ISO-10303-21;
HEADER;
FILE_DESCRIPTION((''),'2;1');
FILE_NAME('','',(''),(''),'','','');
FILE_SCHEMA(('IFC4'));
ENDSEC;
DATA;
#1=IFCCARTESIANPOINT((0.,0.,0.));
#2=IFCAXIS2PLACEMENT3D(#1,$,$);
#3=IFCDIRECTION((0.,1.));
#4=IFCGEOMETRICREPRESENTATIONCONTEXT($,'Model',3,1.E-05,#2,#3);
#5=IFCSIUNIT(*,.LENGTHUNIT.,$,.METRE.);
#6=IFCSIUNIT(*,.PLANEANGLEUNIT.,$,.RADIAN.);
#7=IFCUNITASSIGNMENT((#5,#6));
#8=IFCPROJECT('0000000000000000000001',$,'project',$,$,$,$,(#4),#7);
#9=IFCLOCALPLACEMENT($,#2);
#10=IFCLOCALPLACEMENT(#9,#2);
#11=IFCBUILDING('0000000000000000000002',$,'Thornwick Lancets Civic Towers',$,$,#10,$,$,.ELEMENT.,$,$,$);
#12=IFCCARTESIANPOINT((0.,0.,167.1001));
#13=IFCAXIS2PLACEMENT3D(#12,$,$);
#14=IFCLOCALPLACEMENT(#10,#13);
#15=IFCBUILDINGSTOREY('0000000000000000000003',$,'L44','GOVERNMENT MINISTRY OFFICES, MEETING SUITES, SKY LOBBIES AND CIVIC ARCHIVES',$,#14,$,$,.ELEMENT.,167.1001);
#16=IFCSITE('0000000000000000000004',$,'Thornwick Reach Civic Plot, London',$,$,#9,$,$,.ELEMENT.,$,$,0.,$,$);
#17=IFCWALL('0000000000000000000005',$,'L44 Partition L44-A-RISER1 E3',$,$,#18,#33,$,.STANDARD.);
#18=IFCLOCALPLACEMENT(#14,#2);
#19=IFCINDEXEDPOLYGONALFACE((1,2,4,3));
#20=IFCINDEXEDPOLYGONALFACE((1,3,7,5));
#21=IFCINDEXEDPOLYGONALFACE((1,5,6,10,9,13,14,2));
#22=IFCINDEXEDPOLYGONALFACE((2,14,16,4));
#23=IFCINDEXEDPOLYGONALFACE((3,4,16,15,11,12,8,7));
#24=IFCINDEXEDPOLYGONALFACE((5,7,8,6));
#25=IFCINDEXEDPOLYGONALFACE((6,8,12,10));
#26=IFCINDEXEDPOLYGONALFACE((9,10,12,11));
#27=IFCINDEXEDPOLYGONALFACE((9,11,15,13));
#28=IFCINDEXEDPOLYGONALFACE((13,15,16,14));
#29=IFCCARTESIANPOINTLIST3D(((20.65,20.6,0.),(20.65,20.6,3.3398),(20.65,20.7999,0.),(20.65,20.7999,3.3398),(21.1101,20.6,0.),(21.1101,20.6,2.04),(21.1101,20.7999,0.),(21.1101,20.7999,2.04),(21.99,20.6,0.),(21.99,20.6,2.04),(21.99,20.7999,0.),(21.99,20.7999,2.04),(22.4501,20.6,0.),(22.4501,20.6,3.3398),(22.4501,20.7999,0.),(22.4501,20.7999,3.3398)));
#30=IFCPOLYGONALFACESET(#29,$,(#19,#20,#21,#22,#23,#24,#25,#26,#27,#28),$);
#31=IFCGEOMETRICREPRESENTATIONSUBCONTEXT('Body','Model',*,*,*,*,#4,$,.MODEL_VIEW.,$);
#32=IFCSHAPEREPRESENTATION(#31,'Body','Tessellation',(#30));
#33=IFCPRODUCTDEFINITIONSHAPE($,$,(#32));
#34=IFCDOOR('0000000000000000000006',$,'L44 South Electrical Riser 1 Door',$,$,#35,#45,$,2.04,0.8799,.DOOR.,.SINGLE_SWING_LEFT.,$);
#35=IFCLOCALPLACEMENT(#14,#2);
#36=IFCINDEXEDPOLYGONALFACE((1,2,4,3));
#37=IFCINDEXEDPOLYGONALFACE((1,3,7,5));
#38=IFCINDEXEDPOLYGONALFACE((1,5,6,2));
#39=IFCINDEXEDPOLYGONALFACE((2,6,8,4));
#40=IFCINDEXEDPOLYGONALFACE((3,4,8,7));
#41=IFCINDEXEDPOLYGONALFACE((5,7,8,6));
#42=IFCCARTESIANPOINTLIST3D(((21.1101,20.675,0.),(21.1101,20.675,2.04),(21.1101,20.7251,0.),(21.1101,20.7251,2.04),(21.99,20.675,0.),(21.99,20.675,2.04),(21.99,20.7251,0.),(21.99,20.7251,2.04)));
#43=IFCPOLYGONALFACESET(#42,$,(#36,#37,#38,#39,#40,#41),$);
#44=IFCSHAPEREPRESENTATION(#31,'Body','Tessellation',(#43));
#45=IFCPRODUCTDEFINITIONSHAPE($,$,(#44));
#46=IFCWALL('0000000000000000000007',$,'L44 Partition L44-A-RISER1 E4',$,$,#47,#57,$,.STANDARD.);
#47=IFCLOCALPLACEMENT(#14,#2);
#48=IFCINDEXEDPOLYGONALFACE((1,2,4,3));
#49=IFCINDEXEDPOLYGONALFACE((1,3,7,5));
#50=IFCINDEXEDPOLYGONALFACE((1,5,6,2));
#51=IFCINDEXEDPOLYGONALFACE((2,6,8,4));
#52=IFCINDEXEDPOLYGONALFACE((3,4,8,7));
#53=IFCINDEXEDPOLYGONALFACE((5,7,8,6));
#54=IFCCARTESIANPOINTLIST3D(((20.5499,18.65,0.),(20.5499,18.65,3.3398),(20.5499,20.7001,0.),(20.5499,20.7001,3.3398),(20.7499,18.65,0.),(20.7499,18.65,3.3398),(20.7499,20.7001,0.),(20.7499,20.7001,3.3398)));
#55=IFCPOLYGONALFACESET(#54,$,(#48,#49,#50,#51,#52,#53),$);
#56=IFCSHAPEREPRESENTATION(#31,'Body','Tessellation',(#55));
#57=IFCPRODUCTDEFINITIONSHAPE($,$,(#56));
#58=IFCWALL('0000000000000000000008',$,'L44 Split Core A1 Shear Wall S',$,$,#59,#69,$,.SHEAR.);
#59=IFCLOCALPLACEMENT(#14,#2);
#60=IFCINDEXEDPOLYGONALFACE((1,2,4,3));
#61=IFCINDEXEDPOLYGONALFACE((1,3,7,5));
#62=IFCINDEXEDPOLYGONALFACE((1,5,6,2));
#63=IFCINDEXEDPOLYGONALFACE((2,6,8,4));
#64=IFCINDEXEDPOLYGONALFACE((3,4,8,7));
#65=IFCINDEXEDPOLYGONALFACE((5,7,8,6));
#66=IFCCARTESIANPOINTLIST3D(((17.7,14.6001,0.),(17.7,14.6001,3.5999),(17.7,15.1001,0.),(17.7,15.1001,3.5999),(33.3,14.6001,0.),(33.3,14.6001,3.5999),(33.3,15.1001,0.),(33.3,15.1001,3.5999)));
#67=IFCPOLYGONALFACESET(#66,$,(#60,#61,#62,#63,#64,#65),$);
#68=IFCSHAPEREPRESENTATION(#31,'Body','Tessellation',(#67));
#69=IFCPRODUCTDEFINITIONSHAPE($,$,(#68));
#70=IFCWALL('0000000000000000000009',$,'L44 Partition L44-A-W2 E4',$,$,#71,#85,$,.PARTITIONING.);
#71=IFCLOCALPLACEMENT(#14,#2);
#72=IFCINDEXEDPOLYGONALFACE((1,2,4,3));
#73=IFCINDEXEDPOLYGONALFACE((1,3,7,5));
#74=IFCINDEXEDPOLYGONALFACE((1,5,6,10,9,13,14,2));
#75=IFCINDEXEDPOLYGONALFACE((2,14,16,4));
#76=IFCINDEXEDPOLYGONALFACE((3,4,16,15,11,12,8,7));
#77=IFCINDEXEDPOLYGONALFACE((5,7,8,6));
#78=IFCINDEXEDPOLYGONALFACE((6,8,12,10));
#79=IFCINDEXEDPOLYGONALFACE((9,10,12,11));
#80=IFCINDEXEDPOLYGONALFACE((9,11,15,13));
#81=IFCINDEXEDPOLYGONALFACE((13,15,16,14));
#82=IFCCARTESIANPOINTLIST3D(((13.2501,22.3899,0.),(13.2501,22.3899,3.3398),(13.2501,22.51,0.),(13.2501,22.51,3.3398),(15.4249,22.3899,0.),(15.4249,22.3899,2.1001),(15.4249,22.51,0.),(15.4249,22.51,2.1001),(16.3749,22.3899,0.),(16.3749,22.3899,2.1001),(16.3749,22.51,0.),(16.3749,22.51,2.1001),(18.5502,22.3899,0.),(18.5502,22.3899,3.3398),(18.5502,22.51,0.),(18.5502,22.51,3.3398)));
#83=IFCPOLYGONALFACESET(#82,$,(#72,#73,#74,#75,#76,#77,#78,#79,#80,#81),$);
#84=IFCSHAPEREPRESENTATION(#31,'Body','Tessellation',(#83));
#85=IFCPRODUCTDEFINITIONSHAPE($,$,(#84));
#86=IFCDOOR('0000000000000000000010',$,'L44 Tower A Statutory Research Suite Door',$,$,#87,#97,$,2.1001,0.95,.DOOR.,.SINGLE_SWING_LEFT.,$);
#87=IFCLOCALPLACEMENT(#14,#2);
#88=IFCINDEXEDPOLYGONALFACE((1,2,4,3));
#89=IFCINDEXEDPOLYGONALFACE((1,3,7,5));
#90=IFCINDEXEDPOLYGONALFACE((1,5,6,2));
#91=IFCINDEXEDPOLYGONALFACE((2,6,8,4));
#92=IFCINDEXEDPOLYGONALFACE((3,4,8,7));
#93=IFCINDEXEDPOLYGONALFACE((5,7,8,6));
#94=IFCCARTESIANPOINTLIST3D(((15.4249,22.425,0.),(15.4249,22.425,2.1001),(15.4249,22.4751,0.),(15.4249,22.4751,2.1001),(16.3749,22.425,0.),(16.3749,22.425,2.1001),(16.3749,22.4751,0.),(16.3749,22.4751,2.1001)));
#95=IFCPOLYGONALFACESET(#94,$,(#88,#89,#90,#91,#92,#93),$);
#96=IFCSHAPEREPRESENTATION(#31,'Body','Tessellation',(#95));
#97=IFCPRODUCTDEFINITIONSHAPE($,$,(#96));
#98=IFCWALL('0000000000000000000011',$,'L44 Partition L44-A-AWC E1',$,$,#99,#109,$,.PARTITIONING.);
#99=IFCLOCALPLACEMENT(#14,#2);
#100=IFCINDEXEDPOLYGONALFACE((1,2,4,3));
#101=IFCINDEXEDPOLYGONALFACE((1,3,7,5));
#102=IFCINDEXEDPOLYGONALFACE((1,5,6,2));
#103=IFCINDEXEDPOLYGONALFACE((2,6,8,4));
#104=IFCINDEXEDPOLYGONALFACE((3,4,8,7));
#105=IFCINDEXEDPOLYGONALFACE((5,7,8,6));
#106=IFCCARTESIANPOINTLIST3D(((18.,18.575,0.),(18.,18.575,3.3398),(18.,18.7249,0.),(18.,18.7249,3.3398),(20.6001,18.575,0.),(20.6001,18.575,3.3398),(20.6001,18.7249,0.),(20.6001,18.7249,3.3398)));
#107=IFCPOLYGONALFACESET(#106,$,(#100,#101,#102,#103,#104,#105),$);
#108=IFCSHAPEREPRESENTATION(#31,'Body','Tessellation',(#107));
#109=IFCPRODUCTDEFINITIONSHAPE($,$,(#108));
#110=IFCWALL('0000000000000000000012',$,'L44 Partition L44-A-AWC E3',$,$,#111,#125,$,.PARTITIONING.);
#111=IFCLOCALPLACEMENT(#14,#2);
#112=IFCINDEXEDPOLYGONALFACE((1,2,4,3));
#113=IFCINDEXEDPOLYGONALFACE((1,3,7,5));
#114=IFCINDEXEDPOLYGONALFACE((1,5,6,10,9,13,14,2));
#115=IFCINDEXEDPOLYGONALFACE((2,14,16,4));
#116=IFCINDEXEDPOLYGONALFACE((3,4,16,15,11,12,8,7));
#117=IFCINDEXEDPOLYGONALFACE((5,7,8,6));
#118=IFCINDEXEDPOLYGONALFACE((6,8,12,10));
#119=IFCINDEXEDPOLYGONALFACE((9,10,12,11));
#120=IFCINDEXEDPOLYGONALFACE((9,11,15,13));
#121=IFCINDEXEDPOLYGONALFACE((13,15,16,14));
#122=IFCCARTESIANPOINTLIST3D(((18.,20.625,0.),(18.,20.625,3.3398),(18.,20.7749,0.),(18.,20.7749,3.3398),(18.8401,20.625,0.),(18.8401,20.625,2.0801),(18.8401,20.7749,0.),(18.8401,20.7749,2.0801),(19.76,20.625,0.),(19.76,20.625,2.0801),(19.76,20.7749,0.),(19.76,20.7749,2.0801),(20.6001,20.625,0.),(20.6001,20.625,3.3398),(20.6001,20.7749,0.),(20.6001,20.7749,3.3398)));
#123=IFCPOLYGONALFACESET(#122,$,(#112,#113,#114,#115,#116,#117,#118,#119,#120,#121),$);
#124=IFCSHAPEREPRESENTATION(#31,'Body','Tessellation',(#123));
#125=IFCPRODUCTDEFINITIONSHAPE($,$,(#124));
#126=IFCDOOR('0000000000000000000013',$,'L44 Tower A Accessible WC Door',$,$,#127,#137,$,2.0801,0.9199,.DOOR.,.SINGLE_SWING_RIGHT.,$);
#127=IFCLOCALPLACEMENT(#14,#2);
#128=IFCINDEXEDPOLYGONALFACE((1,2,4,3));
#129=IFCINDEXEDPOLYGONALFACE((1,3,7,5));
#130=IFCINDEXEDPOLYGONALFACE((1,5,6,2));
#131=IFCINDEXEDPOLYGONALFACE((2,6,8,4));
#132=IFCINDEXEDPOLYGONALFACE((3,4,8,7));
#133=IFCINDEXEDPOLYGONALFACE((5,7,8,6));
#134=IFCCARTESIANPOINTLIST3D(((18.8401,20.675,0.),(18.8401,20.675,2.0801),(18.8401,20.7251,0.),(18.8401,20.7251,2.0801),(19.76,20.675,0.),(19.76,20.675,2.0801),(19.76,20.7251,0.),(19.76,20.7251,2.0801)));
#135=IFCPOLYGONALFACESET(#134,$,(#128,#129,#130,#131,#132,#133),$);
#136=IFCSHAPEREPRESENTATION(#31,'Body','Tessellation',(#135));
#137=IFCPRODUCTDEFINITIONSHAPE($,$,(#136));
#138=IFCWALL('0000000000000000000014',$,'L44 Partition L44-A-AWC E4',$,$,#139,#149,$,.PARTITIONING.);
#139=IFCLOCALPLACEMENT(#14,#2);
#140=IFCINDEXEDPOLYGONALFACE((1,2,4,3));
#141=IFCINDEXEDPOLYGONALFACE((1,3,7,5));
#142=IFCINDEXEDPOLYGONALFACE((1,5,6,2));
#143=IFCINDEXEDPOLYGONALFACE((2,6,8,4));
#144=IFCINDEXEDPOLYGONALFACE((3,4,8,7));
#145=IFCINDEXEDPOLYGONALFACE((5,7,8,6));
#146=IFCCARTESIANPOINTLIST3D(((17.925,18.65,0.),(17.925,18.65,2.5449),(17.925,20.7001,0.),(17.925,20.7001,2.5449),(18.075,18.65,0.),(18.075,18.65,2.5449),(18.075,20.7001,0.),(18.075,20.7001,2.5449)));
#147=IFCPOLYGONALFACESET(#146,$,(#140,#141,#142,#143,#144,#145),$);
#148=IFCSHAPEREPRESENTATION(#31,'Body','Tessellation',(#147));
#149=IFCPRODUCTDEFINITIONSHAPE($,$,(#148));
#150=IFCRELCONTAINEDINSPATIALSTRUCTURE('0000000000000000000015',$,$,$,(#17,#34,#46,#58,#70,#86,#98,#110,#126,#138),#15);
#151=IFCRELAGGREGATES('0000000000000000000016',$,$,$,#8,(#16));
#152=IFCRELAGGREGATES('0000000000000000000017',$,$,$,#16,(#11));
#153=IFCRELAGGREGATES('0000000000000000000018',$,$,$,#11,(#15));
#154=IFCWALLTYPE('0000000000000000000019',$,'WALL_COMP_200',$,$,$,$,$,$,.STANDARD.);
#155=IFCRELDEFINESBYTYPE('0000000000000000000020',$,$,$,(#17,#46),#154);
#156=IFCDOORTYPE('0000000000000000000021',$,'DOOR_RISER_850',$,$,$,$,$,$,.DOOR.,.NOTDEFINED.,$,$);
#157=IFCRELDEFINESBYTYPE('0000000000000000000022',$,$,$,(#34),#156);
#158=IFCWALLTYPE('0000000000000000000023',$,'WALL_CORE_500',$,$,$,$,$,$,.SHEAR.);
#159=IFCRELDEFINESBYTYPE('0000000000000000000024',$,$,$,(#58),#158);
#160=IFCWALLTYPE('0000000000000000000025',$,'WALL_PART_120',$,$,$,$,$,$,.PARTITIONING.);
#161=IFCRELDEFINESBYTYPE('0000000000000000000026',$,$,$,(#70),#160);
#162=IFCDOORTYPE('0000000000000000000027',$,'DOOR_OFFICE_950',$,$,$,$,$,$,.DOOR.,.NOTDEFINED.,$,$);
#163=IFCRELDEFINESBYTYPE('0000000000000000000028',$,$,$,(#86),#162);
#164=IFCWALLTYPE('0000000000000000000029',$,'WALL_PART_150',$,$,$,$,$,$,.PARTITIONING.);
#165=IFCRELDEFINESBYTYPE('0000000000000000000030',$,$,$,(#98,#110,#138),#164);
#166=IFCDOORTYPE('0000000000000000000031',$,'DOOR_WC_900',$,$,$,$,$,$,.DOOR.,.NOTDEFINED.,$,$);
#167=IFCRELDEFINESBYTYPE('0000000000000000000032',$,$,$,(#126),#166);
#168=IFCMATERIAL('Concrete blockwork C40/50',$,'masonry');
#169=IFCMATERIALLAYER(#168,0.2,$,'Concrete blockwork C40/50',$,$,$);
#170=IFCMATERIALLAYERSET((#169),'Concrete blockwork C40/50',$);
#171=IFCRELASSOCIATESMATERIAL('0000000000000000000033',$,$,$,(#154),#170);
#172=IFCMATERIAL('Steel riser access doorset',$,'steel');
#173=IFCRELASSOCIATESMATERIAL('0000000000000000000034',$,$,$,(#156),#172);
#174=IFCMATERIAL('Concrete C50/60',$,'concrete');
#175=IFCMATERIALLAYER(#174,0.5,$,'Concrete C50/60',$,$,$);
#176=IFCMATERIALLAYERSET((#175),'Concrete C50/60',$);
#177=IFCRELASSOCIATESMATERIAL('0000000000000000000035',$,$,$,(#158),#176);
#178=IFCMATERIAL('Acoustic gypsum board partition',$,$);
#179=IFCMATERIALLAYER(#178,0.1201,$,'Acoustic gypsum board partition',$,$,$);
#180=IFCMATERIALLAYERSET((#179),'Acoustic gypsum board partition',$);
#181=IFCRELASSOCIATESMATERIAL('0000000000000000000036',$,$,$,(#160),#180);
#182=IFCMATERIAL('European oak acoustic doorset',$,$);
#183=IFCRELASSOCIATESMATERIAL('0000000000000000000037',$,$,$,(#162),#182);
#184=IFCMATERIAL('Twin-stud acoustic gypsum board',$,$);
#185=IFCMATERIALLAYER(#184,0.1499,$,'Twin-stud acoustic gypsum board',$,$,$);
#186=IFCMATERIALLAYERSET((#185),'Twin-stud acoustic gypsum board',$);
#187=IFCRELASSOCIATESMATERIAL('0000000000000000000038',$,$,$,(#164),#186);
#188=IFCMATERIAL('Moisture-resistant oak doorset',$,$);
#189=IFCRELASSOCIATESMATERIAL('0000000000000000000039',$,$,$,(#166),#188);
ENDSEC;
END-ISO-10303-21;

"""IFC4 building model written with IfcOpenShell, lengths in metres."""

from ifc_helpers import new_model, si_unit, direction, frame, frame_2d, origin, place, context, subcontext, project, spatial, rectangle, extrude, material, layer, layer_set, type_object, element, fill, save


model = new_model("IFC4")

# Units and contexts
model_context = context("Model", 3, precision=1e-05, world=origin(), true_north=direction((0.0, 1.0)))
body_context = subcontext(model_context, "Body", "Model", "MODEL_VIEW")
ifc_project = project(units=[si_unit("LENGTHUNIT", "METRE"), si_unit("PLANEANGLEUNIT", "RADIAN")], contexts=[model_context])

# Site, building, storey
site_placement = place(None, origin())
site = spatial("IfcSite", under=ifc_project, at=site_placement, Name="Thornwick Reach Civic Plot, London", CompositionType="ELEMENT", RefElevation=0.0)
building_placement = place(site_placement, origin())
building = spatial("IfcBuilding", under=site, at=building_placement, Name="Thornwick Lancets Civic Towers", CompositionType="ELEMENT")
storey_placement = place(building_placement, frame((0.0, 0.0, 167.1001)))
storey = spatial("IfcBuildingStorey", under=building, at=storey_placement, Name="L44", Description="GOVERNMENT MINISTRY OFFICES, MEETING SUITES, SKY LOBBIES AND CIVIC ARCHIVES", CompositionType="ELEMENT", Elevation=167.1001)

# Shared definitions
ifc_material_1 = material(Name="Concrete C50/60", Category="concrete")

# Shared definitions
ifc_material_2 = material(Name="Concrete blockwork C40/50", Category="masonry")
ifc_layer_1 = layer(ifc_material_2, 0.2, Name="Concrete blockwork C40/50")
ifc_layer_set_1 = layer_set([ifc_layer_1], Name="Concrete blockwork C40/50")
wall_type_1 = type_object("IfcWallType", Name="WALL_COMP_200", PredefinedType="STANDARD", material=ifc_layer_set_1)

# Wall, opening, door
wall_1_placement = place(storey_placement, frame((22.45, 20.7, 0.0), z_axis=(0.0, 0.0, 1.0), x_axis=(-1.0, 0.0, 0.0)))
wall_1 = element("IfcWall", 1, at=wall_1_placement, inside=storey, type_object=wall_type_1, Name="L44 Partition L44-A-RISER1 E3", PredefinedType="STANDARD", context=body_context, shape_type="SweptSolid", body=[
    extrude(rectangle(XDim=1.8, YDim=0.2, at=frame_2d((0.8999, 0.0))), origin(), (0.0, 0.0, 1.0), 3.3398),
])
opening_1_placement = place(wall_1_placement, frame((0.46, 0.0, 0.0)))
opening_1 = element("IfcOpeningElement", 2, at=opening_1_placement, cuts=wall_1, PredefinedType="OPENING", context=body_context, shape_type="SweptSolid", body=[
    extrude(rectangle(XDim=0.8799, YDim=2.04, at=frame_2d((0.4399, 1.02))), frame((0.0, 0.1099, 0.0), z_axis=(0.0, -1.0, 0.0), x_axis=(1.0, 0.0, 0.0)), (0.0, 0.0, 1.0), 0.22),
])
ifc_material_3 = material(Name="Steel riser access doorset", Category="steel")
door_type_1 = type_object("IfcDoorType", Name="DOOR_RISER_850", OperationType="NOTDEFINED", PredefinedType="DOOR", material=ifc_material_3)
door_1_placement = place(opening_1_placement, origin())
door_1 = element("IfcDoor", 3, at=door_1_placement, inside=storey, type_object=door_type_1, Name="L44 South Electrical Riser 1 Door", OperationType="SINGLE_SWING_LEFT", OverallHeight=2.04, OverallWidth=0.8799, PredefinedType="DOOR", context=body_context, shape_type="SweptSolid", body=[
    extrude(rectangle(XDim=0.8799, YDim=2.04, at=frame_2d((0.4399, 1.02))), frame((0.0, 0.0249, 0.0), z_axis=(0.0, -1.0, 0.0), x_axis=(1.0, 0.0, 0.0)), (0.0, 0.0, 1.0), 0.05),
])
fill(opening_1, door_1)

# Walls
wall_2_placement = place(storey_placement, frame((20.6499, 20.7, 0.0), z_axis=(0.0, 0.0, 1.0), x_axis=(0.0, -1.0, 0.0)))
element("IfcWall", 4, at=wall_2_placement, inside=storey, type_object=wall_type_1, Name="L44 Partition L44-A-RISER1 E4", PredefinedType="STANDARD", context=body_context, shape_type="SweptSolid", body=[
    extrude(rectangle(XDim=2.05, YDim=0.2, at=frame_2d((1.0249, 0.0))), origin(), (0.0, 0.0, 1.0), 3.3398),
])
ifc_layer_2 = layer(ifc_material_1, 0.5, Name="Concrete C50/60")
ifc_layer_set_2 = layer_set([ifc_layer_2], Name="Concrete C50/60")
wall_type_2 = type_object("IfcWallType", Name="WALL_CORE_500", PredefinedType="SHEAR", material=ifc_layer_set_2)
wall_3_placement = place(storey_placement, frame((17.7, 14.8501, 0.0), z_axis=(0.0, 0.0, 1.0), x_axis=(1.0, 0.0, 0.0)))
element("IfcWall", 5, at=wall_3_placement, inside=storey, type_object=wall_type_2, Name="L44 Split Core A1 Shear Wall S", PredefinedType="SHEAR", context=body_context, shape_type="SweptSolid", body=[
    extrude(rectangle(XDim=15.6001, YDim=0.5, at=frame_2d((7.8, 0.0))), origin(), (0.0, 0.0, 1.0), 3.5999),
])

# Wall, opening, door
ifc_material_4 = material(Name="Acoustic gypsum board partition")
ifc_layer_3 = layer(ifc_material_4, 0.1201, Name="Acoustic gypsum board partition")
ifc_layer_set_3 = layer_set([ifc_layer_3], Name="Acoustic gypsum board partition")
wall_type_3 = type_object("IfcWallType", Name="WALL_PART_120", PredefinedType="PARTITIONING", material=ifc_layer_set_3)
wall_4_placement = place(storey_placement, frame((18.55, 22.45, 0.0), z_axis=(0.0, 0.0, 1.0), x_axis=(-1.0, 0.0, 0.0)))
wall_4 = element("IfcWall", 6, at=wall_4_placement, inside=storey, type_object=wall_type_3, Name="L44 Partition L44-A-W2 E4", PredefinedType="PARTITIONING", context=body_context, shape_type="SweptSolid", body=[
    extrude(rectangle(XDim=5.3, YDim=0.1201, at=frame_2d((2.6499, 0.0))), origin(), (0.0, 0.0, 1.0), 3.3398),
])
opening_2_placement = place(wall_4_placement, frame((2.175, 0.0, 0.0)))
opening_2 = element("IfcOpeningElement", 7, at=opening_2_placement, cuts=wall_4, PredefinedType="OPENING", context=body_context, shape_type="SweptSolid", body=[
    extrude(rectangle(XDim=0.95, YDim=2.1001, at=frame_2d((0.4751, 1.05))), frame((0.0, 0.0701, 0.0), z_axis=(0.0, -1.0, 0.0), x_axis=(1.0, 0.0, 0.0)), (0.0, 0.0, 1.0), 0.1401),
])
ifc_material_5 = material(Name="European oak acoustic doorset")
door_type_2 = type_object("IfcDoorType", Name="DOOR_OFFICE_950", OperationType="NOTDEFINED", PredefinedType="DOOR", material=ifc_material_5)
door_2_placement = place(opening_2_placement, origin())
door_2 = element("IfcDoor", 8, at=door_2_placement, inside=storey, type_object=door_type_2, Name="L44 Tower A Statutory Research Suite Door", OperationType="SINGLE_SWING_LEFT", OverallHeight=2.1001, OverallWidth=0.95, PredefinedType="DOOR", context=body_context, shape_type="SweptSolid", body=[
    extrude(rectangle(XDim=0.95, YDim=2.1001, at=frame_2d((0.4751, 1.05))), frame((0.0, 0.0249, 0.0), z_axis=(0.0, -1.0, 0.0), x_axis=(1.0, 0.0, 0.0)), (0.0, 0.0, 1.0), 0.05),
])
fill(opening_2, door_2)

# Wall
ifc_material_6 = material(Name="Twin-stud acoustic gypsum board")
ifc_layer_4 = layer(ifc_material_6, 0.1499, Name="Twin-stud acoustic gypsum board")
ifc_layer_set_4 = layer_set([ifc_layer_4], Name="Twin-stud acoustic gypsum board")
wall_type_4 = type_object("IfcWallType", Name="WALL_PART_150", PredefinedType="PARTITIONING", material=ifc_layer_set_4)
wall_5_placement = place(storey_placement, frame((18.0, 18.6499, 0.0), z_axis=(0.0, 0.0, 1.0), x_axis=(1.0, 0.0, 0.0)))
element("IfcWall", 9, at=wall_5_placement, inside=storey, type_object=wall_type_4, Name="L44 Partition L44-A-AWC E1", PredefinedType="PARTITIONING", context=body_context, shape_type="SweptSolid", body=[
    extrude(rectangle(XDim=2.6001, YDim=0.1499, at=frame_2d((1.3, 0.0))), origin(), (0.0, 0.0, 1.0), 3.3398),
])

# Wall, opening, door
wall_6_placement = place(storey_placement, frame((20.6001, 20.7, 0.0), z_axis=(0.0, 0.0, 1.0), x_axis=(-1.0, 0.0, 0.0)))
wall_6 = element("IfcWall", 10, at=wall_6_placement, inside=storey, type_object=wall_type_4, Name="L44 Partition L44-A-AWC E3", PredefinedType="PARTITIONING", context=body_context, shape_type="SweptSolid", body=[
    extrude(rectangle(XDim=2.6001, YDim=0.1499, at=frame_2d((1.3, 0.0))), origin(), (0.0, 0.0, 1.0), 3.3398),
])
opening_3_placement = place(wall_6_placement, frame((0.8401, 0.0, 0.0)))
opening_3 = element("IfcOpeningElement", 11, at=opening_3_placement, cuts=wall_6, PredefinedType="OPENING", context=body_context, shape_type="SweptSolid", body=[
    extrude(rectangle(XDim=0.9199, YDim=2.0801, at=frame_2d((0.46, 1.04))), frame((0.0, 0.085, 0.0), z_axis=(0.0, -1.0, 0.0), x_axis=(1.0, 0.0, 0.0)), (0.0, 0.0, 1.0), 0.1699),
])
ifc_material_7 = material(Name="Moisture-resistant oak doorset")
door_type_3 = type_object("IfcDoorType", Name="DOOR_WC_900", OperationType="NOTDEFINED", PredefinedType="DOOR", material=ifc_material_7)
door_3_placement = place(opening_3_placement, origin())
door_3 = element("IfcDoor", 12, at=door_3_placement, inside=storey, type_object=door_type_3, Name="L44 Tower A Accessible WC Door", OperationType="SINGLE_SWING_RIGHT", OverallHeight=2.0801, OverallWidth=0.9199, PredefinedType="DOOR", context=body_context, shape_type="SweptSolid", body=[
    extrude(rectangle(XDim=0.9199, YDim=2.0801, at=frame_2d((0.46, 1.04))), frame((0.0, 0.0249, 0.0), z_axis=(0.0, -1.0, 0.0), x_axis=(1.0, 0.0, 0.0)), (0.0, 0.0, 1.0), 0.05),
])
fill(opening_3, door_3)

# Wall
wall_7_placement = place(storey_placement, frame((18.0, 20.7, 0.0), z_axis=(0.0, 0.0, 1.0), x_axis=(0.0, -1.0, 0.0)))
element("IfcWall", 13, at=wall_7_placement, inside=storey, type_object=wall_type_4, Name="L44 Partition L44-A-AWC E4", PredefinedType="PARTITIONING", context=body_context, shape_type="SweptSolid", body=[
    extrude(rectangle(XDim=2.05, YDim=0.1499, at=frame_2d((1.0249, 0.0))), origin(), (0.0, 0.0, 1.0), 2.5449),
])

save(model, "model.ifc")
